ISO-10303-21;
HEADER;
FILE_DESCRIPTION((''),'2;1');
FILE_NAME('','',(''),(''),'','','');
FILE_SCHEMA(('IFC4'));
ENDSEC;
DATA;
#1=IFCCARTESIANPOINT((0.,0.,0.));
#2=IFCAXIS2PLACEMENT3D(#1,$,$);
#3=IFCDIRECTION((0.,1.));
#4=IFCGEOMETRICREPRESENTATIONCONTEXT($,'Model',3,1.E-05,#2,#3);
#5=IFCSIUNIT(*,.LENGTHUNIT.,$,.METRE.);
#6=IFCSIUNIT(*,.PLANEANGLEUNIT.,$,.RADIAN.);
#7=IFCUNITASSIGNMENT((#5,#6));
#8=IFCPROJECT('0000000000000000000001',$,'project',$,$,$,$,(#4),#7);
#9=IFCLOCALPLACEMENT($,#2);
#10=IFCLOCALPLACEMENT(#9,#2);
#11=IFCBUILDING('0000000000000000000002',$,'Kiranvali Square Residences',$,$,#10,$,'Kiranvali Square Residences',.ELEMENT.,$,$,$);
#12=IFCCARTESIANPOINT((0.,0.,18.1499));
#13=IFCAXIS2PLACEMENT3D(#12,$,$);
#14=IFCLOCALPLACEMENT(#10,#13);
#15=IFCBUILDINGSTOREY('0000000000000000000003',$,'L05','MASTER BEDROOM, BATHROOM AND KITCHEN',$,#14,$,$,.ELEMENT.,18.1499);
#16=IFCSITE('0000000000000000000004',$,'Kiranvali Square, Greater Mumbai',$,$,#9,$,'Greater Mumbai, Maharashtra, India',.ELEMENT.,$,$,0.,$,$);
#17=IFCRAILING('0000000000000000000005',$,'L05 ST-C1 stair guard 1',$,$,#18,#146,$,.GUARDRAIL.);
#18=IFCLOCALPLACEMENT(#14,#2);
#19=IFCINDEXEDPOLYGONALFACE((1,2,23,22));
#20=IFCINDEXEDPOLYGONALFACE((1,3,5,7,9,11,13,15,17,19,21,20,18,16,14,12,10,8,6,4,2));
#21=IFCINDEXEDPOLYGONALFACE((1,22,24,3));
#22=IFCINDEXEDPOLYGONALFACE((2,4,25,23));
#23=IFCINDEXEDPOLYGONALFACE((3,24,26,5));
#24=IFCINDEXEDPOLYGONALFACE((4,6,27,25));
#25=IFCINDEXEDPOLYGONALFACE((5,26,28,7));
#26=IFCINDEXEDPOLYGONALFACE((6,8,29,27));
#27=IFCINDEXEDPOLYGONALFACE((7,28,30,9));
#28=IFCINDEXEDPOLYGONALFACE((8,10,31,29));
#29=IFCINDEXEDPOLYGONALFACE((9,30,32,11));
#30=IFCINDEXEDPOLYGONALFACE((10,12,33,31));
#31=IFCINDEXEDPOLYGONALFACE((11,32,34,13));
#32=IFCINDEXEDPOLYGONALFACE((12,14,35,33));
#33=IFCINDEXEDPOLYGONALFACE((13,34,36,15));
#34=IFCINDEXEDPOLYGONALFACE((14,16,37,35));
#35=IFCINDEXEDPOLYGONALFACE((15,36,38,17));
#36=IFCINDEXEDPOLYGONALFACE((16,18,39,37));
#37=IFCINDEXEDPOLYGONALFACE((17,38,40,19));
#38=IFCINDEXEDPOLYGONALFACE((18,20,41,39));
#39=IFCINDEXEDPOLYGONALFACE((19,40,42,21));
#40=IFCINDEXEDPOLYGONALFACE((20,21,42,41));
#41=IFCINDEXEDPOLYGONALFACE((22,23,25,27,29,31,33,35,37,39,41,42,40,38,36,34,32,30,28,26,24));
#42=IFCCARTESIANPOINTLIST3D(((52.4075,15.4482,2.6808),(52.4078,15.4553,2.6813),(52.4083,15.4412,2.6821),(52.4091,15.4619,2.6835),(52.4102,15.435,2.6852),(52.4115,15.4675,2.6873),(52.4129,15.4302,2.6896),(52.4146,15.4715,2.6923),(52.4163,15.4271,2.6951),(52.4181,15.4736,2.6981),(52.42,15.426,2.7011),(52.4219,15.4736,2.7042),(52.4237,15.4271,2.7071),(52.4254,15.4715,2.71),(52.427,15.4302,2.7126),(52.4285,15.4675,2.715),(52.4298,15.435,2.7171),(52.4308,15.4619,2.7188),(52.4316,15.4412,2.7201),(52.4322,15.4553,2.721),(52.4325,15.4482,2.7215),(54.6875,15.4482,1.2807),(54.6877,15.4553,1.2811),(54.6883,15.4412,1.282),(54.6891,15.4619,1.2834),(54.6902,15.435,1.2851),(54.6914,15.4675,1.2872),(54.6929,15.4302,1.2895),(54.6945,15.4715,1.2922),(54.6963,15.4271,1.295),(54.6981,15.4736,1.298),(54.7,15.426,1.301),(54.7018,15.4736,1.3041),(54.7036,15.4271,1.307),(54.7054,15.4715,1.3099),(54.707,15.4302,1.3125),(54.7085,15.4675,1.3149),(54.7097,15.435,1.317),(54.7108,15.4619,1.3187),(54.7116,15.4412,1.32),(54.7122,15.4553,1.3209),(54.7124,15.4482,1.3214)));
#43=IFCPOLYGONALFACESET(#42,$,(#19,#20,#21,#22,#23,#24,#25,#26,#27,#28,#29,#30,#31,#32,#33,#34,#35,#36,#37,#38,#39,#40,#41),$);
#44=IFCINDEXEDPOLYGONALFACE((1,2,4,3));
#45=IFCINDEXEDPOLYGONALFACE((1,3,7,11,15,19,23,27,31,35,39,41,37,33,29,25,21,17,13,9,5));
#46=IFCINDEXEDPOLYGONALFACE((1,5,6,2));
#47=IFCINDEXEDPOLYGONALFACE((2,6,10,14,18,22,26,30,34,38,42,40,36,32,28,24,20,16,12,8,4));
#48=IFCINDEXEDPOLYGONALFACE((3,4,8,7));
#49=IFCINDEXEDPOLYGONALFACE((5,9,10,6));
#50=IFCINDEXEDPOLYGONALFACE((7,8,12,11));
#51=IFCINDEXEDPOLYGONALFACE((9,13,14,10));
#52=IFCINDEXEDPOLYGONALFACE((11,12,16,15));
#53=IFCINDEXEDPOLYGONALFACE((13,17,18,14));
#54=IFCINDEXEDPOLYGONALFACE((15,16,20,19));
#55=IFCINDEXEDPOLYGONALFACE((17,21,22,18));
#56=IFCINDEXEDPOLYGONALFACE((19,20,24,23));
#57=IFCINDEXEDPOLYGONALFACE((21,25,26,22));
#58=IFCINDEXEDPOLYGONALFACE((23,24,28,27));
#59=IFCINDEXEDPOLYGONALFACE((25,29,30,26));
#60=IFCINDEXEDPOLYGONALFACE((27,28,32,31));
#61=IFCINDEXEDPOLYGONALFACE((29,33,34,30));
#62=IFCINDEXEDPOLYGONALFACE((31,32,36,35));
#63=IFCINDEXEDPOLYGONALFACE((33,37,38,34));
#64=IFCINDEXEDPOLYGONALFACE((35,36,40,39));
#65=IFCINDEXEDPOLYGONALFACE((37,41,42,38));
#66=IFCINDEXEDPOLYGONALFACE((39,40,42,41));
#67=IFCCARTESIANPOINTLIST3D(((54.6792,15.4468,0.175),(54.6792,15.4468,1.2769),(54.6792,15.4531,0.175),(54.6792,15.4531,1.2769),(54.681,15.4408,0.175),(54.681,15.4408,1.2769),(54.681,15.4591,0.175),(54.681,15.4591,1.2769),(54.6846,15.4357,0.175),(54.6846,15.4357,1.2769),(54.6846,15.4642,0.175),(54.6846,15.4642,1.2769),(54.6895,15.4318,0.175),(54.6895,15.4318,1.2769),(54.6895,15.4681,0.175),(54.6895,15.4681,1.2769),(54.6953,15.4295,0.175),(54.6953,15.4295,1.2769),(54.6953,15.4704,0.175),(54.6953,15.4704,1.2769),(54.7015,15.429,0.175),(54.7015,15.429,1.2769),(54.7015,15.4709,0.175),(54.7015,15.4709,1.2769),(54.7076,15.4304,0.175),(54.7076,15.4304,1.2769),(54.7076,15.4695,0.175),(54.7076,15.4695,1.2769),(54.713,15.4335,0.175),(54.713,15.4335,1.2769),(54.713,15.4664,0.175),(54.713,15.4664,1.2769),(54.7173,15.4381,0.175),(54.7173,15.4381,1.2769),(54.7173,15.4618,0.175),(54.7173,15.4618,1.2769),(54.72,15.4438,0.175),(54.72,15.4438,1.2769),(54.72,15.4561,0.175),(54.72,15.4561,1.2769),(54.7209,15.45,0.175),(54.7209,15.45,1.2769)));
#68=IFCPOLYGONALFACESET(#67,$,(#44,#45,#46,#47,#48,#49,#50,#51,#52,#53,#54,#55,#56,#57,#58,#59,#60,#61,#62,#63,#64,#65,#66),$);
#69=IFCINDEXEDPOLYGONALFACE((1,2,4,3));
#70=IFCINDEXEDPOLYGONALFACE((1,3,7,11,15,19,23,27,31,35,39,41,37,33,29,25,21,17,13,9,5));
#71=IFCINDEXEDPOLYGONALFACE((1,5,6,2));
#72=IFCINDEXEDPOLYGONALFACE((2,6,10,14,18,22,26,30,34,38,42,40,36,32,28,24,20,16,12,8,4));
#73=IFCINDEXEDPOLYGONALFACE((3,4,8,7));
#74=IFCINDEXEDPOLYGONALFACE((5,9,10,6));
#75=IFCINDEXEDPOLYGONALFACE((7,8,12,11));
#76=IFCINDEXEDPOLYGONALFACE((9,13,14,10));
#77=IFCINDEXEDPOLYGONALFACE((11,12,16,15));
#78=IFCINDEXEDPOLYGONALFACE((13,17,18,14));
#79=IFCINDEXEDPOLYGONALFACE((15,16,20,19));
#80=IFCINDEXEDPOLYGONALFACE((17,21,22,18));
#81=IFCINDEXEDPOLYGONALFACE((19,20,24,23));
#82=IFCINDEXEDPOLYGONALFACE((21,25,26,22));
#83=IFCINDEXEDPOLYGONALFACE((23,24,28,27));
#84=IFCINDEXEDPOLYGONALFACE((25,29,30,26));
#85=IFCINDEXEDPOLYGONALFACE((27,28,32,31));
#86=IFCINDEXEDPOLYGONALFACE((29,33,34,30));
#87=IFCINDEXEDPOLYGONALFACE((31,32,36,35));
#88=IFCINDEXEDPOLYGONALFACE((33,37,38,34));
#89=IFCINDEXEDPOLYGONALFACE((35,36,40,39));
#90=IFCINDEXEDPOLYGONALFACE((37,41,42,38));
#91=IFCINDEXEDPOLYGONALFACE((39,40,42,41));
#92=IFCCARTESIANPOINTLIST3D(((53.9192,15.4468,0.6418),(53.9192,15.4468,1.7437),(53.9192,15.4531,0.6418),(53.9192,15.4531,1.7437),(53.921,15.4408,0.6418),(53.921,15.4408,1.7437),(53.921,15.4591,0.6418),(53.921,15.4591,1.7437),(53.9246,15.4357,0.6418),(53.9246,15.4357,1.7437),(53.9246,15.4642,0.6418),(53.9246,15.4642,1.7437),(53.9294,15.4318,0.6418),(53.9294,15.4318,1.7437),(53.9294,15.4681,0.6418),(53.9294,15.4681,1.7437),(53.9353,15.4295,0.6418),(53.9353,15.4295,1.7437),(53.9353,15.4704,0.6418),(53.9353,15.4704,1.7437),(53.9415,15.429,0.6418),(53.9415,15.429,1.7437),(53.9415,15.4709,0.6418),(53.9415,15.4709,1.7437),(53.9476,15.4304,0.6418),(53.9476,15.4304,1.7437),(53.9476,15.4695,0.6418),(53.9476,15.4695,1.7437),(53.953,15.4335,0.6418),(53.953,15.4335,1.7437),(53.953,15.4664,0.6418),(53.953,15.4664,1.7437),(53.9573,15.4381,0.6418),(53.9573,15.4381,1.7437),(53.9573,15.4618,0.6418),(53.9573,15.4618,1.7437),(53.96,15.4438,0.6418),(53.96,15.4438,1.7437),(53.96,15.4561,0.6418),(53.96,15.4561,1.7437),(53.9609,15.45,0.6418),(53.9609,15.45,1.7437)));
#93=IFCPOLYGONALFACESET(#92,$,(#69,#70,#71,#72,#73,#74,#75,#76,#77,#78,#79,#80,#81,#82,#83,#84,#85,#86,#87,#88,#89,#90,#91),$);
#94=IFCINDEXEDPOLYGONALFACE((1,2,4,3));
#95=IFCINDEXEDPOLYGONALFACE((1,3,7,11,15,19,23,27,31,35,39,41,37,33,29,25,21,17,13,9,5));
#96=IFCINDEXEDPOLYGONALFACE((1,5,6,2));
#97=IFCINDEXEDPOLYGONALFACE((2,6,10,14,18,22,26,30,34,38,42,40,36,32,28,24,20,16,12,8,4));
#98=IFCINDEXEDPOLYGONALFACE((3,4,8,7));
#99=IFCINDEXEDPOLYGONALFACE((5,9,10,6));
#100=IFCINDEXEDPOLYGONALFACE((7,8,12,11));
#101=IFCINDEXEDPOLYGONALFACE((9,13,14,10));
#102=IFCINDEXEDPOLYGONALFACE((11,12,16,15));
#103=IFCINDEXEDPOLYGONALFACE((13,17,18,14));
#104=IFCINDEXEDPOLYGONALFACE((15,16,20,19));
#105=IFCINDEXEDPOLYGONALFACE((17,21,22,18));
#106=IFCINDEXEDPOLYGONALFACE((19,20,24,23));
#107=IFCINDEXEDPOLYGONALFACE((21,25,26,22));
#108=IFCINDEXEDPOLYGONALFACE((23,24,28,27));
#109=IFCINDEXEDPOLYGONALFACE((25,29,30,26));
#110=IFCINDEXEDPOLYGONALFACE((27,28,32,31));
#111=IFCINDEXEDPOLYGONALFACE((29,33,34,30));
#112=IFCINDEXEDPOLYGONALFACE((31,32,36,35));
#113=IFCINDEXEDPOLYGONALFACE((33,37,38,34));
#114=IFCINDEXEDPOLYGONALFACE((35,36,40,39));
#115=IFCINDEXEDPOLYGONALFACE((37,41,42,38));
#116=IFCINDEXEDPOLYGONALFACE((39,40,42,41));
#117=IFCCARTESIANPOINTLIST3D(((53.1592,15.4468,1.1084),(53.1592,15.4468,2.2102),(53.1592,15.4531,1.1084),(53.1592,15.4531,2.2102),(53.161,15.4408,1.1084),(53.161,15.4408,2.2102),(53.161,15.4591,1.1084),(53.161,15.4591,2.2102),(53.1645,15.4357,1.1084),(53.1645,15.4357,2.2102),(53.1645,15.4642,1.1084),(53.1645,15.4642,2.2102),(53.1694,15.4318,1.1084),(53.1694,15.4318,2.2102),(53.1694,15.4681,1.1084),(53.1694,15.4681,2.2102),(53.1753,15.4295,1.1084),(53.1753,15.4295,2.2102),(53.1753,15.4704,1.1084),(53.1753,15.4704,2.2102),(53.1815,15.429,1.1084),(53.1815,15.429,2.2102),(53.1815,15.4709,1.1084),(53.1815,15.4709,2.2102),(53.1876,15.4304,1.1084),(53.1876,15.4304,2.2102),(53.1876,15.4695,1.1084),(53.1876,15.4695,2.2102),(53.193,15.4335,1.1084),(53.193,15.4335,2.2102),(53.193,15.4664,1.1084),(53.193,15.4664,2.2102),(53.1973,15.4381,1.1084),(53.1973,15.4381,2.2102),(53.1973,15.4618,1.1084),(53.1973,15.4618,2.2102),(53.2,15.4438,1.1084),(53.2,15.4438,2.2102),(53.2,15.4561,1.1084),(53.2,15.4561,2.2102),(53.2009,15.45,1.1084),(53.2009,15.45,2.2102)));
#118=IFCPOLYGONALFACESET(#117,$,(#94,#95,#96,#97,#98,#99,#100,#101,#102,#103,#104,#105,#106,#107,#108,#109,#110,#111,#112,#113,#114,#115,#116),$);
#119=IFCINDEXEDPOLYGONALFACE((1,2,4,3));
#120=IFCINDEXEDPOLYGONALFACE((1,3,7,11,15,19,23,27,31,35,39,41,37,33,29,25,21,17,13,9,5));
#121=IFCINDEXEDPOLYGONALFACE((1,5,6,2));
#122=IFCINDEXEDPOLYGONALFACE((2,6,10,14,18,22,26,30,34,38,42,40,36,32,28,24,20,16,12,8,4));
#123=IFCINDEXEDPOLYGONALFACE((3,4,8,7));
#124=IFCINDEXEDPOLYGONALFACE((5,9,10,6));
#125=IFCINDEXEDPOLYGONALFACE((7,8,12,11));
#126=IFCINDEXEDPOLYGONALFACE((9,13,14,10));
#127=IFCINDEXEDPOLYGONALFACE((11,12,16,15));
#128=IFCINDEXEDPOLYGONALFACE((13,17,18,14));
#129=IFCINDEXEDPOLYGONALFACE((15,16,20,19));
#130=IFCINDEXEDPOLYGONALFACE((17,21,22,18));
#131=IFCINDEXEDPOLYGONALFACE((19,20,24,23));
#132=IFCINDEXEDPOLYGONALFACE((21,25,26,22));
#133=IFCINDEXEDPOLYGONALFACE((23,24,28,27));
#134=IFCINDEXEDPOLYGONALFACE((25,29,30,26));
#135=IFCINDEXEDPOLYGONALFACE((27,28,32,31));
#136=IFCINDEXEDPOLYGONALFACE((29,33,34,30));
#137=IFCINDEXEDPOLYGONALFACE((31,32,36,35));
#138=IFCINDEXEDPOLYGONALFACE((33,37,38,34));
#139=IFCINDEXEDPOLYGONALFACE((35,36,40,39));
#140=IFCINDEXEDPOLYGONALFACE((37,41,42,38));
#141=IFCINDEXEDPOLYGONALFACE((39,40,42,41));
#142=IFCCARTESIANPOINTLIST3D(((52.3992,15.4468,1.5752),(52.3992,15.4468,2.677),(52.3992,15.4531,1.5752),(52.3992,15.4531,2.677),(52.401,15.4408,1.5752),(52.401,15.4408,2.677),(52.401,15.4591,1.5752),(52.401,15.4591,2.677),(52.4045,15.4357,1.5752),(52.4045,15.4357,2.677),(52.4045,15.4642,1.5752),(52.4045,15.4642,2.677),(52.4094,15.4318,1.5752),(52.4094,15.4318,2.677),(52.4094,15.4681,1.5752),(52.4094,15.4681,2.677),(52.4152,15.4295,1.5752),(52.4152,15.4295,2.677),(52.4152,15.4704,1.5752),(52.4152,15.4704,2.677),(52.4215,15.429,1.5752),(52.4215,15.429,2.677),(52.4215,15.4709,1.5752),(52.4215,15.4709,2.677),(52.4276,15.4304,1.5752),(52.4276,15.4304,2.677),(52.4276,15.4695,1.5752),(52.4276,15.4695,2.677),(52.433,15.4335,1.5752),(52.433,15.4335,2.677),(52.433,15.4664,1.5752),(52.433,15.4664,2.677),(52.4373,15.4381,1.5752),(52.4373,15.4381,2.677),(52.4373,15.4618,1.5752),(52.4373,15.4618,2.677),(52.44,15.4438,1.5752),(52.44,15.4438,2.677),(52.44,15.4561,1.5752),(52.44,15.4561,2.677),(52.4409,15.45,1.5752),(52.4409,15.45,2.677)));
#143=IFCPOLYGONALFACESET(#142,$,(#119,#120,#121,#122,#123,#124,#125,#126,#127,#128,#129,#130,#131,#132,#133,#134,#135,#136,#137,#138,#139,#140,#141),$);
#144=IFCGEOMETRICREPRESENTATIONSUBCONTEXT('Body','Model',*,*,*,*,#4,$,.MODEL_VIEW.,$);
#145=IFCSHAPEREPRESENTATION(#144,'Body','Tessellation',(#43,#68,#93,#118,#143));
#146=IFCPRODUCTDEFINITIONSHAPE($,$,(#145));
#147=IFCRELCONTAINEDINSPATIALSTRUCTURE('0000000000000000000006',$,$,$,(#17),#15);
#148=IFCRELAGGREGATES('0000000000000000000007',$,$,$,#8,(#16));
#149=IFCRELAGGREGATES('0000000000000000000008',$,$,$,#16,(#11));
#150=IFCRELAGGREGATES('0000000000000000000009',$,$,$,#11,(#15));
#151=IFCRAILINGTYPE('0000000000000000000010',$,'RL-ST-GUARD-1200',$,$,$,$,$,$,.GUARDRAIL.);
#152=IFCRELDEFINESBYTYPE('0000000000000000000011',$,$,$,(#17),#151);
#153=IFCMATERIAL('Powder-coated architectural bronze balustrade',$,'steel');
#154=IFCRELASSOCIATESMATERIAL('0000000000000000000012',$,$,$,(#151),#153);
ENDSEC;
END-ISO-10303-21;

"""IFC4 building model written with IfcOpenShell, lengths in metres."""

from ifc_helpers import new_model, si_unit, direction, frame, origin, origin_2d, place, context, subcontext, project, spatial, circle, extrude, material, type_object, element, save


model = new_model("IFC4")

# Units and contexts
model_context = context("Model", 3, precision=1e-05, world=origin(), true_north=direction((0.0, 1.0)))
body_context = subcontext(model_context, "Body", "Model", "MODEL_VIEW")
ifc_project = project(units=[si_unit("LENGTHUNIT", "METRE"), si_unit("PLANEANGLEUNIT", "RADIAN")], contexts=[model_context])

# Site, building, storey
site_placement = place(None, origin())
site = spatial("IfcSite", under=ifc_project, at=site_placement, Name="Kiranvali Square, Greater Mumbai", LongName="Greater Mumbai, Maharashtra, India", CompositionType="ELEMENT", RefElevation=0.0)
building_placement = place(site_placement, origin())
building = spatial("IfcBuilding", under=site, at=building_placement, Name="Kiranvali Square Residences", LongName="Kiranvali Square Residences", CompositionType="ELEMENT")
storey_placement = place(building_placement, frame((0.0, 0.0, 18.1499)))
storey = spatial("IfcBuildingStorey", under=building, at=storey_placement, Name="L05", Description="MASTER BEDROOM, BATHROOM AND KITCHEN", CompositionType="ELEMENT", Elevation=18.1499)

# Railing
ifc_material_1 = material(Name="Powder-coated architectural bronze balustrade", Category="steel")
railing_type_1 = type_object("IfcRailingType", Name="RL-ST-GUARD-1200", PredefinedType="GUARDRAIL", material=ifc_material_1)
railing_1_placement = place(storey_placement, frame((54.7, 15.45, 0.175)))
element("IfcRailing", 1, at=railing_1_placement, inside=storey, type_object=railing_type_1, Name="L05 ST-C1 stair guard 1", PredefinedType="GUARDRAIL", context=body_context, shape_type="SweptSolid", body=[
    extrude(circle(Radius=0.0239, at=origin_2d()), frame((0.0, 0.0, 1.126), z_axis=(-0.85215, 0.0, 0.523298), x_axis=(0.0, -1.0, 0.0)), (0.0, 0.0, 1.0), 2.6755),
    extrude(circle(Radius=0.021, at=origin_2d()), origin(), (0.0, 0.0, 1.0), 1.1018),
    extrude(circle(Radius=0.021, at=origin_2d()), frame((-0.76, 0.0, 0.4668)), (0.0, 0.0, 1.0), 1.1018),
    extrude(circle(Radius=0.021, at=origin_2d()), frame((-1.52, 0.0, 0.9333)), (0.0, 0.0, 1.0), 1.1018),
    extrude(circle(Radius=0.021, at=origin_2d()), frame((-2.28, 0.0, 1.4001)), (0.0, 0.0, 1.0), 1.1018),
])

save(model, "model.ifc")
